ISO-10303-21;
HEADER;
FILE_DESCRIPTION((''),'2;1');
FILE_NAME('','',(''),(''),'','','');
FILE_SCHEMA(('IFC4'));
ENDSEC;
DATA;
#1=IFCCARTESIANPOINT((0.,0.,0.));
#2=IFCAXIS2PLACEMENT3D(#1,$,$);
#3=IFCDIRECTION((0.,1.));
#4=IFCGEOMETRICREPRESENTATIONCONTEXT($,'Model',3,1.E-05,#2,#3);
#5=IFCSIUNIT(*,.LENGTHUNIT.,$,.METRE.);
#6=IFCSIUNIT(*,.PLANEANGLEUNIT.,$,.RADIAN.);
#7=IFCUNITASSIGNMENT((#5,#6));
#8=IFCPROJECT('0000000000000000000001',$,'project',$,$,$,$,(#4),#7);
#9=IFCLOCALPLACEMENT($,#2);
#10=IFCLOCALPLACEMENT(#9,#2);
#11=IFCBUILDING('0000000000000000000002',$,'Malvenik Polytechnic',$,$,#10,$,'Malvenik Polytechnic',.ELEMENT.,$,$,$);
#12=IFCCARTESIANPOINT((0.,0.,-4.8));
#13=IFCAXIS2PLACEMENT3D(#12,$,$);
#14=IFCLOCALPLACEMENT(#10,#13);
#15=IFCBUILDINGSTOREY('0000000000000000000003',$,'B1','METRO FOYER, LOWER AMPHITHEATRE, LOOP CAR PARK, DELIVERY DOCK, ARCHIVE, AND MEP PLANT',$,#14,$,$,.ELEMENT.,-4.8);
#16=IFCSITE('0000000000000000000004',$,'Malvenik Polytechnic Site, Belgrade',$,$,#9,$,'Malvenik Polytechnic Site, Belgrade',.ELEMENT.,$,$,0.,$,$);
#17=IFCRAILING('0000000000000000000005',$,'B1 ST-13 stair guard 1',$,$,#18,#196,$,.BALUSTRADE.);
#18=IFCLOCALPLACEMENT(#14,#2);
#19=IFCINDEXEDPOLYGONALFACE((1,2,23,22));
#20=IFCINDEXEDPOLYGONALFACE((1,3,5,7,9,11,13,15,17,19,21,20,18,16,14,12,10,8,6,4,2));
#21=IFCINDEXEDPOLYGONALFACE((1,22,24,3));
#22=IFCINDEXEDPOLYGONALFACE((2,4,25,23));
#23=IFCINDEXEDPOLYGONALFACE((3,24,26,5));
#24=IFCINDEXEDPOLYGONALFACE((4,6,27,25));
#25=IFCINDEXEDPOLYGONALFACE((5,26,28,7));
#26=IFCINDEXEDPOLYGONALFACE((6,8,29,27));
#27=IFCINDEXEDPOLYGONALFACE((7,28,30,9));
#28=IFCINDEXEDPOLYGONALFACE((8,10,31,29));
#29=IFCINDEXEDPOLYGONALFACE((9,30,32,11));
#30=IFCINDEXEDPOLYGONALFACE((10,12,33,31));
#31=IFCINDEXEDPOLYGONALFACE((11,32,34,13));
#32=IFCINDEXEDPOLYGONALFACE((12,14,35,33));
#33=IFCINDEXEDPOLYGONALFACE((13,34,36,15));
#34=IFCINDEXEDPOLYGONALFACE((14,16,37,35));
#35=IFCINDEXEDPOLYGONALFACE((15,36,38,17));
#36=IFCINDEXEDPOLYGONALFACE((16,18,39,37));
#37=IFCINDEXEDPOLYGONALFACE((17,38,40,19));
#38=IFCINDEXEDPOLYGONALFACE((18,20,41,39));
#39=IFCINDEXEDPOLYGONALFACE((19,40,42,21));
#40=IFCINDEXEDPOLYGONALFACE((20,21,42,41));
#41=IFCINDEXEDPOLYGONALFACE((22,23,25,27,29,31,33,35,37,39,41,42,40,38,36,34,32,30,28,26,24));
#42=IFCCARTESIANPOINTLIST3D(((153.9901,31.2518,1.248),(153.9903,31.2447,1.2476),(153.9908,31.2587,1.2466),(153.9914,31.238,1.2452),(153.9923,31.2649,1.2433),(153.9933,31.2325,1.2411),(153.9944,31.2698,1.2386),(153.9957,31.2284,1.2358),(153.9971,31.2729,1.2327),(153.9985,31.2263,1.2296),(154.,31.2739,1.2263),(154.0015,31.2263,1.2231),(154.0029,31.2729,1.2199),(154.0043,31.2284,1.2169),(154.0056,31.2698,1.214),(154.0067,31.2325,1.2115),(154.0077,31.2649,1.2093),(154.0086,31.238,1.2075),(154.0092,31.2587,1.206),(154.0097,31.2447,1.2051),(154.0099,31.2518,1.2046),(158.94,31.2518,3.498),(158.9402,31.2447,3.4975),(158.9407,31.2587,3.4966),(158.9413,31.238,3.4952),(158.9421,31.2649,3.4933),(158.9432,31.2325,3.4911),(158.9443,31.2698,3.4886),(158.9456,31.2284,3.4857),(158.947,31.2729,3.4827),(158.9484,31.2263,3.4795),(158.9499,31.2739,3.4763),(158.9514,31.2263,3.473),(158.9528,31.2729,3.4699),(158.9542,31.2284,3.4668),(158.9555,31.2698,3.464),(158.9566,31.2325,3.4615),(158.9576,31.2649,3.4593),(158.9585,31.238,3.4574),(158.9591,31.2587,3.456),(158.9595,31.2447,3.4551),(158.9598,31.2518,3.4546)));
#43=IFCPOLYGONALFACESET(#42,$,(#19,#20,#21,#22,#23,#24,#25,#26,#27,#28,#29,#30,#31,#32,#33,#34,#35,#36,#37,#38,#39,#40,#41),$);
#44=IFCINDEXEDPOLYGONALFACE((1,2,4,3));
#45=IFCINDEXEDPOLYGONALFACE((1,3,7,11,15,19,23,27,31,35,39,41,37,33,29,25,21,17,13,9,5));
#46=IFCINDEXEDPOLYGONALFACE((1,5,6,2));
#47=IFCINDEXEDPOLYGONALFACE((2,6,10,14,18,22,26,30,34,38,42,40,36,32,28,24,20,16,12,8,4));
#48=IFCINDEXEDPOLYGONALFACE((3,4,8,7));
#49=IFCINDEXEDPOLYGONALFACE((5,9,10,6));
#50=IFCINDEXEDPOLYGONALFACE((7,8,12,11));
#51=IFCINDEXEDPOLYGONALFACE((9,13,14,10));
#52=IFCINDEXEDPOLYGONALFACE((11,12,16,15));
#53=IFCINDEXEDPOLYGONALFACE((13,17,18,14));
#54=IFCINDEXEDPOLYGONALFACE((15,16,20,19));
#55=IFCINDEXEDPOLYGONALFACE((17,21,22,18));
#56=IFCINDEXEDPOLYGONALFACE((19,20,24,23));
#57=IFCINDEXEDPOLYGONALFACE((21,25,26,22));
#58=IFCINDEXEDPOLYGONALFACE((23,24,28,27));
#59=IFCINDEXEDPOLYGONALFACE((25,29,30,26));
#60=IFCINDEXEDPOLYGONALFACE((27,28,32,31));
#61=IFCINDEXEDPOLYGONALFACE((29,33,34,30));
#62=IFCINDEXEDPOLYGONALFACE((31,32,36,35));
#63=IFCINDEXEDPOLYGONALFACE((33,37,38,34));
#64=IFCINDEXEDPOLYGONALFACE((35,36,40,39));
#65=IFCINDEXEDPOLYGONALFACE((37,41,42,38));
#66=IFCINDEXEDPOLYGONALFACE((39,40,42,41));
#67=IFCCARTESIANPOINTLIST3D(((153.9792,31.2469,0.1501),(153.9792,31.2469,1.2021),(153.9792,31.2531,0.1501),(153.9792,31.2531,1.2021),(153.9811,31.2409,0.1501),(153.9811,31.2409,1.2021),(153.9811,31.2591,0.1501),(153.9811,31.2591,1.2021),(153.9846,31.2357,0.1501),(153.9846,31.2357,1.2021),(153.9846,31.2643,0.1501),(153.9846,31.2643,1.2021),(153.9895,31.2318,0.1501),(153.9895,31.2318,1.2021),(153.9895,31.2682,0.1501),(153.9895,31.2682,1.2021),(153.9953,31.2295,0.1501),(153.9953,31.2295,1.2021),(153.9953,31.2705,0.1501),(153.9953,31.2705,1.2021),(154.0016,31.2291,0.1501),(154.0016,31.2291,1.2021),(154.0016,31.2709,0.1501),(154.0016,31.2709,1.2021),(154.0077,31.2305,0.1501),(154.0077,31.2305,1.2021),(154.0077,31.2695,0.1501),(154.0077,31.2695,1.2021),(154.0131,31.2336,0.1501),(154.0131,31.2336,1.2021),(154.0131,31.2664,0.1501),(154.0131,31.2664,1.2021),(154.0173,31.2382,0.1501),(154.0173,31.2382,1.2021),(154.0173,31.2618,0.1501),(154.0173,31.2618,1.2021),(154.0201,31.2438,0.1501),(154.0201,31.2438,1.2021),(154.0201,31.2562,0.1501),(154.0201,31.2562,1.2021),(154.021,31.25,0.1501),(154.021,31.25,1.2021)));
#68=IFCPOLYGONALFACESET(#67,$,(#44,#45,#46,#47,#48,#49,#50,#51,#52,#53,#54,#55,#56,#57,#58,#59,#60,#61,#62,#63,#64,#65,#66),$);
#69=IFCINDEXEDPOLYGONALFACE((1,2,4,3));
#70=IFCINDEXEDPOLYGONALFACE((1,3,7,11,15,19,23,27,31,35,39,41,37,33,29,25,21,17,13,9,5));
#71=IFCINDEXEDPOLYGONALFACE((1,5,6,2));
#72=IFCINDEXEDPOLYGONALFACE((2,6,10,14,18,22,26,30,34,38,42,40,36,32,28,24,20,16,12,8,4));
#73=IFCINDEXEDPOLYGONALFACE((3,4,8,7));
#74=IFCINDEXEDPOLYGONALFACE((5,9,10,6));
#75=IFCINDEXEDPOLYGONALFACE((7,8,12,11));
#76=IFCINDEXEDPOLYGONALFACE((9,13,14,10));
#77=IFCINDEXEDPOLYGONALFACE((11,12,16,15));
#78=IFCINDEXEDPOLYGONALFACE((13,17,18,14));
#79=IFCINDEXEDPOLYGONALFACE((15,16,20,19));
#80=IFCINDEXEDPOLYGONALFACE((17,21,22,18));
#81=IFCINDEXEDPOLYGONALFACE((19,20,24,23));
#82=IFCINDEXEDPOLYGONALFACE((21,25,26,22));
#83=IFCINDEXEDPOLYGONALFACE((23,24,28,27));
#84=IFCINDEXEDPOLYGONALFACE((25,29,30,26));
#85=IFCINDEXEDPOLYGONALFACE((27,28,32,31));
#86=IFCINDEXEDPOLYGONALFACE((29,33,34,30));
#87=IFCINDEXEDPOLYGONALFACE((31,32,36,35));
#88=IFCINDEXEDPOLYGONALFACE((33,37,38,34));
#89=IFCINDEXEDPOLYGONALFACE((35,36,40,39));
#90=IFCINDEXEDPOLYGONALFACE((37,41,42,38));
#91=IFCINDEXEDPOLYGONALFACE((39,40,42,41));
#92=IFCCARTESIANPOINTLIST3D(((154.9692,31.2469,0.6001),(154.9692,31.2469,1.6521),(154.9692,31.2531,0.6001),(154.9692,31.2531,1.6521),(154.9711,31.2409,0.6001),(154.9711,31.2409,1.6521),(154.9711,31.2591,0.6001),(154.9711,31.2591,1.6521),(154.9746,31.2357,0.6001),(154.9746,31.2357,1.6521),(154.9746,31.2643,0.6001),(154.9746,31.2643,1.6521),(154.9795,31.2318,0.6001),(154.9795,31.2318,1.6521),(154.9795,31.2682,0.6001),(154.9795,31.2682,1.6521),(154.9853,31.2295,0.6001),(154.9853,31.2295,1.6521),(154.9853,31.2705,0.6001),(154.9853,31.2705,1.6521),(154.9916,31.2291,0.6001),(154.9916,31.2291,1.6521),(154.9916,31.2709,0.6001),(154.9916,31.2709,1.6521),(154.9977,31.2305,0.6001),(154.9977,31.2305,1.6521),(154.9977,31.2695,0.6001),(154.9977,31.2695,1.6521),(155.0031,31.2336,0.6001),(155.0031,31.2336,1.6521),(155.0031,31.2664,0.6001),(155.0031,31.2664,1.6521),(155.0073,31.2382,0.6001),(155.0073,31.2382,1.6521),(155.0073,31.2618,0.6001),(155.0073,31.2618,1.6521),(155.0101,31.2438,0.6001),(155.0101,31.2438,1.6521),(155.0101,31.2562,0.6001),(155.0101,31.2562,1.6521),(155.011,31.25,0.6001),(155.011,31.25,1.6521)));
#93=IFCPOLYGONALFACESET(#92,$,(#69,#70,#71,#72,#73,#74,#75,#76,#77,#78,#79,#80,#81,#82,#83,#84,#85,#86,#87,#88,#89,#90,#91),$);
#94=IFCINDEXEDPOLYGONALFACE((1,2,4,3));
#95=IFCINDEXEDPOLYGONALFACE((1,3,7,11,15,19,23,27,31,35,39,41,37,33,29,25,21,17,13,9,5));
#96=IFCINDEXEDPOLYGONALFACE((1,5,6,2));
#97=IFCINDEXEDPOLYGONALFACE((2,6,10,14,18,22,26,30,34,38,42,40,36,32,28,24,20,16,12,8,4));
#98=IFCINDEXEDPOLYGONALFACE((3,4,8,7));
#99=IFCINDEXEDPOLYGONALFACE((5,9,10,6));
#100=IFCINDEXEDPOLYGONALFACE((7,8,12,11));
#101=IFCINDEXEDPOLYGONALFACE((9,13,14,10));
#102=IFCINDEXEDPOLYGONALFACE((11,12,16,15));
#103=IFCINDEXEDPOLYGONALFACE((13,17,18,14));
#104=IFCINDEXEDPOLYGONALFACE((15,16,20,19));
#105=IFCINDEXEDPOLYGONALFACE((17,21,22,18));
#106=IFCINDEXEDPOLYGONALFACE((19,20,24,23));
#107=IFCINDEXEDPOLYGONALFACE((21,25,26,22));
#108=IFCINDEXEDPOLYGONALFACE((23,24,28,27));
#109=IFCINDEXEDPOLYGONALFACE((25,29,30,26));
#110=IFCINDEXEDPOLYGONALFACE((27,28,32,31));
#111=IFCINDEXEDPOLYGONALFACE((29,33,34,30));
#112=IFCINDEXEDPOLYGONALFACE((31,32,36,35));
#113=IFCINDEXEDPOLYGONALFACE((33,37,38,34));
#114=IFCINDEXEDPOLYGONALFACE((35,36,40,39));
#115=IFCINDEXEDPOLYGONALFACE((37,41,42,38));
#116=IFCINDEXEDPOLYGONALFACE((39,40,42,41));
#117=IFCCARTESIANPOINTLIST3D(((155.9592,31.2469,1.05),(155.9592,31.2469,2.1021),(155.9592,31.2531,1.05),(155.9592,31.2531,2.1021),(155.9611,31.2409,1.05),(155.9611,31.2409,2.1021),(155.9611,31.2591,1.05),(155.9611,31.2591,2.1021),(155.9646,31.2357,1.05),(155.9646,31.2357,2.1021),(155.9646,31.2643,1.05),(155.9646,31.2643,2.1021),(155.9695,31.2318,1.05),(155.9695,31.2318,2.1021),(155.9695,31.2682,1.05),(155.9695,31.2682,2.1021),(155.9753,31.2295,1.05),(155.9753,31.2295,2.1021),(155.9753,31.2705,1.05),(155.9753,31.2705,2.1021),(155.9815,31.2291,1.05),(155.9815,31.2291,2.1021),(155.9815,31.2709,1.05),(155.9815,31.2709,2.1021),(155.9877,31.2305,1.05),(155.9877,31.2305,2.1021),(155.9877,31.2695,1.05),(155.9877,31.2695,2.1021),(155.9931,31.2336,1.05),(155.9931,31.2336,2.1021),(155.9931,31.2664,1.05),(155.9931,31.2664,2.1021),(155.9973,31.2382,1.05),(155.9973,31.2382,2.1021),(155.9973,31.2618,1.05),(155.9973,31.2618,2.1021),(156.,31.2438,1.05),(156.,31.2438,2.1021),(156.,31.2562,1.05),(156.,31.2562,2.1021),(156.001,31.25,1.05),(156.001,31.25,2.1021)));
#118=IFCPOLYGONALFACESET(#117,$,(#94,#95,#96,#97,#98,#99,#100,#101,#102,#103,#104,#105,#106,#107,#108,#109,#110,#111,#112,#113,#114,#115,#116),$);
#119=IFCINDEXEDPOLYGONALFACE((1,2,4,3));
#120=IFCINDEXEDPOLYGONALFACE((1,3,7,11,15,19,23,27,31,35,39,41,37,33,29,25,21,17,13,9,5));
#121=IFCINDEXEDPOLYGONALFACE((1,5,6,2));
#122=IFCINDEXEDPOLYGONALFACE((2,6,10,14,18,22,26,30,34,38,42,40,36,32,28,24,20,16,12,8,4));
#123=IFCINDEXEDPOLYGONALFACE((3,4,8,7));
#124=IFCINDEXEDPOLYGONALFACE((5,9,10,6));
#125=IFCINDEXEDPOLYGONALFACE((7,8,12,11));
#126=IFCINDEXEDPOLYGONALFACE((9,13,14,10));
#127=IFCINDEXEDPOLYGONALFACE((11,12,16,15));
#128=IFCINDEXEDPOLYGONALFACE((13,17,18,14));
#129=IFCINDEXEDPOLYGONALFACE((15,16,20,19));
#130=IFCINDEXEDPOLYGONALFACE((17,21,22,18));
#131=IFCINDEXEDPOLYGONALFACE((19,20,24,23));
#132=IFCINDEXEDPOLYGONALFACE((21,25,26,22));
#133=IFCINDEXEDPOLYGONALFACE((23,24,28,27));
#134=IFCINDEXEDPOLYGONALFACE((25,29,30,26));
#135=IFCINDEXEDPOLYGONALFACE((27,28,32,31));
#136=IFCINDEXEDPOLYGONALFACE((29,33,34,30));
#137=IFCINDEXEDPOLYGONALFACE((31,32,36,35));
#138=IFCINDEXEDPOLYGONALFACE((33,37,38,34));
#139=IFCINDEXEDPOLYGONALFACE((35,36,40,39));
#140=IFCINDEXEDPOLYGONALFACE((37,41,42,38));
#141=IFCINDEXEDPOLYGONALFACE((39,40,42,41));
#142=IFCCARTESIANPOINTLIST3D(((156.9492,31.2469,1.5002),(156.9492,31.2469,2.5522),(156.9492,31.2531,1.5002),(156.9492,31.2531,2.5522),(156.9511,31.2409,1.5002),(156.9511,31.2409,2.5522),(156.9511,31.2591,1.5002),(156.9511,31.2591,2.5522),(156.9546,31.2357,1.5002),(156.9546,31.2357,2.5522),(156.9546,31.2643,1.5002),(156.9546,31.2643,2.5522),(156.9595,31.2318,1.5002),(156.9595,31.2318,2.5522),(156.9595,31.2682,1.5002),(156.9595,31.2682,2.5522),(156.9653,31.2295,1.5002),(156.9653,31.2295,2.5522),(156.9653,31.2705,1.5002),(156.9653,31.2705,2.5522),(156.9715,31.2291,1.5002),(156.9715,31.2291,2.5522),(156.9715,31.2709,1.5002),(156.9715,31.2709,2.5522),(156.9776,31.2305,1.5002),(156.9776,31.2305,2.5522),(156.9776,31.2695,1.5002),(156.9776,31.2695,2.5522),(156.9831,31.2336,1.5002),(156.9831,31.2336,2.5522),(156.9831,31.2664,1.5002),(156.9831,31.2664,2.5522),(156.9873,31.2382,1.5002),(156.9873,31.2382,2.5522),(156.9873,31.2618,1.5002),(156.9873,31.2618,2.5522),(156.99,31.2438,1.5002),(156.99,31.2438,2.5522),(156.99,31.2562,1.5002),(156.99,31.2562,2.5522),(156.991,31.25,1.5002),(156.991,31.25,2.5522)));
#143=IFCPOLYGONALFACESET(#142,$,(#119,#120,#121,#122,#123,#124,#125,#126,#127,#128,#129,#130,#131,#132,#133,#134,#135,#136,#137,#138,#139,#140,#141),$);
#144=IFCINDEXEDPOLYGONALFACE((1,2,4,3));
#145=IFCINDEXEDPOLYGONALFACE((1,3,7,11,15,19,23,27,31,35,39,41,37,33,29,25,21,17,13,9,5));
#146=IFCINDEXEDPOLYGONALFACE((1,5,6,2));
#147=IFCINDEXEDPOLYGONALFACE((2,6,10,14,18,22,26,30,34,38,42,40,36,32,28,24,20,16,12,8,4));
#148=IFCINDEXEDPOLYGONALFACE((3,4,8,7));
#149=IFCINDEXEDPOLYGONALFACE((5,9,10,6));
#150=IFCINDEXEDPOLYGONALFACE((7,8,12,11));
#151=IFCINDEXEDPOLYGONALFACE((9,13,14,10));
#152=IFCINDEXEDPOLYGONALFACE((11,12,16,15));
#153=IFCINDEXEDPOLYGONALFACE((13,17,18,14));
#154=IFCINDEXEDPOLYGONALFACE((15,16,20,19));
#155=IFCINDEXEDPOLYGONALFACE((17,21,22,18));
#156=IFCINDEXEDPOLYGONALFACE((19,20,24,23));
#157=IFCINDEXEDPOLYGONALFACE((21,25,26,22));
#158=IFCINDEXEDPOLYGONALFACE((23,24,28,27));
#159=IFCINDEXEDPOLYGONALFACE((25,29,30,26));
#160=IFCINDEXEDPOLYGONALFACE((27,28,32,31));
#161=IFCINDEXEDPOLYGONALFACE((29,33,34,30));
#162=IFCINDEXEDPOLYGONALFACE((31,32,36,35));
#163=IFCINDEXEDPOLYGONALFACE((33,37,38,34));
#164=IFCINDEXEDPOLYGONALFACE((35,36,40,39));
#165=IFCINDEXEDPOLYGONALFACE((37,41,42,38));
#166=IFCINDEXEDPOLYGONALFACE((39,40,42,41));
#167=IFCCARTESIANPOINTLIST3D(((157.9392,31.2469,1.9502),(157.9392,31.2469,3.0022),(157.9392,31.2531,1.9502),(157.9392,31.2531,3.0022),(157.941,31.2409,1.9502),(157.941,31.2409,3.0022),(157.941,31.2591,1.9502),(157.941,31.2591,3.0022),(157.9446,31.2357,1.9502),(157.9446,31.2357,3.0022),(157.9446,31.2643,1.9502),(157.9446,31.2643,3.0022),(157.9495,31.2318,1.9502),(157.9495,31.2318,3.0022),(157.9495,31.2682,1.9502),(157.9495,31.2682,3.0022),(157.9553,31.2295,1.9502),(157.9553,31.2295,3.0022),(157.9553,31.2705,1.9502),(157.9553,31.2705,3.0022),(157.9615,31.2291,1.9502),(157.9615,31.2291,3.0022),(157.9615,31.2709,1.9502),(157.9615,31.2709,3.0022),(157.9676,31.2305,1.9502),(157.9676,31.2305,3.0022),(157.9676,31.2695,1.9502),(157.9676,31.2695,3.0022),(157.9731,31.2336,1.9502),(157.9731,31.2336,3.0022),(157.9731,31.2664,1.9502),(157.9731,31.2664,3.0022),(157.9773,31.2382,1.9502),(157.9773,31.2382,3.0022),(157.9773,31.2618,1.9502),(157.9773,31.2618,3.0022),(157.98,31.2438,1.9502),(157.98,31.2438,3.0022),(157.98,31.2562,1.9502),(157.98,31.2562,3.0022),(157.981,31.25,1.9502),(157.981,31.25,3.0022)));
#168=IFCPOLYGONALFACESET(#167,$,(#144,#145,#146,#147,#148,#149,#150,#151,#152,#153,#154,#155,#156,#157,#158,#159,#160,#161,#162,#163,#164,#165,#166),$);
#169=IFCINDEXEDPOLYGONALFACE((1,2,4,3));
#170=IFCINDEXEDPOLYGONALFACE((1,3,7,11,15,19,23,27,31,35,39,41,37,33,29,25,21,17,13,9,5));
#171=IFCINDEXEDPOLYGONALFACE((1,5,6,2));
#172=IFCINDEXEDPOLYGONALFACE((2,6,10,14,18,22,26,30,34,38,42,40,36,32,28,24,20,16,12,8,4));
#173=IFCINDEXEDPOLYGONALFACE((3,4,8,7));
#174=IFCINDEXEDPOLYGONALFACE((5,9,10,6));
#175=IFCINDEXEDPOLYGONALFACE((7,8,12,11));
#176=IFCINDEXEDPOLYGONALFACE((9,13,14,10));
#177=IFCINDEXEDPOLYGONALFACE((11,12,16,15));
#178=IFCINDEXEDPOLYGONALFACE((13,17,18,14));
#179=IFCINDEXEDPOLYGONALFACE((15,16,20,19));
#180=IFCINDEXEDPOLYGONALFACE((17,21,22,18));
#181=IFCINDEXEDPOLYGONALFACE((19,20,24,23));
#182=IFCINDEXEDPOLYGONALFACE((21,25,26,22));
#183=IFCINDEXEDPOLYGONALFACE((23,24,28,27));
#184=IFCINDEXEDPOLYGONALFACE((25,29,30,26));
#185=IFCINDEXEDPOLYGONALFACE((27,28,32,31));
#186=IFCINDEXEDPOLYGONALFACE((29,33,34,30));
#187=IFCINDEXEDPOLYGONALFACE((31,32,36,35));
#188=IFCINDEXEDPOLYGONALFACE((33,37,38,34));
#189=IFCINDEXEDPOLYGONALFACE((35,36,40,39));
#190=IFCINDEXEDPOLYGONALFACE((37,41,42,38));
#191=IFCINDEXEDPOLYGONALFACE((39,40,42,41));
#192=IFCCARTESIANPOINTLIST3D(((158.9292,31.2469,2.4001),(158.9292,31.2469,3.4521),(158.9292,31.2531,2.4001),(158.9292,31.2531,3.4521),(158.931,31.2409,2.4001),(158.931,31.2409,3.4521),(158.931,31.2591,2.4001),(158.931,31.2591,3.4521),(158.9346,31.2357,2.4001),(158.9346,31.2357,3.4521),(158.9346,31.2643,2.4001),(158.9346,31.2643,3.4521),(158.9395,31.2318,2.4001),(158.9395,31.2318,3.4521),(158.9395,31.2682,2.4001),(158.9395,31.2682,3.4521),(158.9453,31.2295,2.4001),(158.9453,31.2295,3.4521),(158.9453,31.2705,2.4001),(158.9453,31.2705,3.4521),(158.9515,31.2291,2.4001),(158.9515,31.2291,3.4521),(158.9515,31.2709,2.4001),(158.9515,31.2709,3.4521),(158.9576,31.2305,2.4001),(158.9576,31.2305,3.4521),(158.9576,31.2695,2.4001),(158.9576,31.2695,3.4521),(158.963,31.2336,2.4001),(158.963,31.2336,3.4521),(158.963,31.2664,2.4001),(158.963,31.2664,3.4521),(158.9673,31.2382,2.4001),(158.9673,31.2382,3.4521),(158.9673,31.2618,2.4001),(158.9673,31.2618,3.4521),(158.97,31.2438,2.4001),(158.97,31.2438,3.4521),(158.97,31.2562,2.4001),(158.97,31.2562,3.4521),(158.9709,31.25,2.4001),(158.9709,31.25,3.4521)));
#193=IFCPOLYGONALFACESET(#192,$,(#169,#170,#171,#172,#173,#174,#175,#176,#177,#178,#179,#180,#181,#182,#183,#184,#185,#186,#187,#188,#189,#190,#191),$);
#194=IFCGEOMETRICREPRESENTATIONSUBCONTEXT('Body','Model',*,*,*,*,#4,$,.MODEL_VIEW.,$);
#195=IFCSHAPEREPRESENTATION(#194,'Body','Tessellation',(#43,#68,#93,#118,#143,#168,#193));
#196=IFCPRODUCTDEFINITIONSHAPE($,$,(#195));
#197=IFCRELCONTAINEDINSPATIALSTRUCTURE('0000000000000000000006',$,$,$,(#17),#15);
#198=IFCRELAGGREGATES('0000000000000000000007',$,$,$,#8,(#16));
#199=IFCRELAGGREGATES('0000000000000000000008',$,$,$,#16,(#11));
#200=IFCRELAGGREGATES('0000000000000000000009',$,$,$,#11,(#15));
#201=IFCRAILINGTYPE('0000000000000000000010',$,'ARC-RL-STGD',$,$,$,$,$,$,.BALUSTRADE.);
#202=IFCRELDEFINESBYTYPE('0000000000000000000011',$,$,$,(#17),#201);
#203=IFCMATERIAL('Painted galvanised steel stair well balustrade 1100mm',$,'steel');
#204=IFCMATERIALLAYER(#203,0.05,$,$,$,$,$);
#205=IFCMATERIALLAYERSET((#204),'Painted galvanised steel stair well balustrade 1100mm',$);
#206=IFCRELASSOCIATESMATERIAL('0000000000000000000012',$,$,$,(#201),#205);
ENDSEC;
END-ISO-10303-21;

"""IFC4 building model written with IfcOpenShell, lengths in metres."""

from ifc_helpers import new_model, si_unit, direction, frame, origin, origin_2d, place, context, subcontext, project, spatial, circle, extrude, material, layer, layer_set, type_object, element, save


model = new_model("IFC4")

# Units and contexts
model_context = context("Model", 3, precision=1e-05, world=origin(), true_north=direction((0.0, 1.0)))
body_context = subcontext(model_context, "Body", "Model", "MODEL_VIEW")
ifc_project = project(units=[si_unit("LENGTHUNIT", "METRE"), si_unit("PLANEANGLEUNIT", "RADIAN")], contexts=[model_context])

# Site, building, storey
site_placement = place(None, origin())
site = spatial("IfcSite", under=ifc_project, at=site_placement, Name="Malvenik Polytechnic Site, Belgrade", LongName="Malvenik Polytechnic Site, Belgrade", CompositionType="ELEMENT", RefElevation=0.0)
building_placement = place(site_placement, origin())
building = spatial("IfcBuilding", under=site, at=building_placement, Name="Malvenik Polytechnic", LongName="Malvenik Polytechnic", CompositionType="ELEMENT")
storey_placement = place(building_placement, frame((0.0, 0.0, -4.8)))
storey = spatial("IfcBuildingStorey", under=building, at=storey_placement, Name="B1", Description="METRO FOYER, LOWER AMPHITHEATRE, LOOP CAR PARK, DELIVERY DOCK, ARCHIVE, AND MEP PLANT", CompositionType="ELEMENT", Elevation=-4.8)

# Railing
ifc_material_1 = material(Name="Painted galvanised steel stair well balustrade 1100mm", Category="steel")
ifc_layer_1 = layer(ifc_material_1, 0.05)
ifc_layer_set_1 = layer_set([ifc_layer_1], Name="Painted galvanised steel stair well balustrade 1100mm")
railing_type_1 = type_object("IfcRailingType", Name="ARC-RL-STGD", PredefinedType="BALUSTRADE", material=ifc_layer_set_1)
railing_1_placement = place(storey_placement, frame((154.0, 31.25, 0.1501)))
element("IfcRailing", 1, at=railing_1_placement, inside=storey, type_object=railing_type_1, Name="B1 ST-13 stair guard 1", PredefinedType="BALUSTRADE", context=body_context, shape_type="SweptSolid", body=[
    extrude(circle(Radius=0.0239, at=origin_2d()), frame((0.0, 0.0, 1.0762), z_axis=(0.910365, 0.0, 0.413806), x_axis=(0.0, 1.0, 0.0)), (0.0, 0.0, 1.0), 5.4373),
    extrude(circle(Radius=0.021, at=origin_2d()), origin(), (0.0, 0.0, 1.0), 1.052),
    extrude(circle(Radius=0.021, at=origin_2d()), frame((0.99, 0.0, 0.45)), (0.0, 0.0, 1.0), 1.052),
    extrude(circle(Radius=0.021, at=origin_2d()), frame((1.98, 0.0, 0.8999)), (0.0, 0.0, 1.0), 1.052),
    extrude(circle(Radius=0.021, at=origin_2d()), frame((2.97, 0.0, 1.3501)), (0.0, 0.0, 1.0), 1.052),
    extrude(circle(Radius=0.021, at=origin_2d()), frame((3.96, 0.0, 1.8)), (0.0, 0.0, 1.0), 1.052),
    extrude(circle(Radius=0.021, at=origin_2d()), frame((4.95, 0.0, 2.25)), (0.0, 0.0, 1.0), 1.052),
])

save(model, "model.ifc")
